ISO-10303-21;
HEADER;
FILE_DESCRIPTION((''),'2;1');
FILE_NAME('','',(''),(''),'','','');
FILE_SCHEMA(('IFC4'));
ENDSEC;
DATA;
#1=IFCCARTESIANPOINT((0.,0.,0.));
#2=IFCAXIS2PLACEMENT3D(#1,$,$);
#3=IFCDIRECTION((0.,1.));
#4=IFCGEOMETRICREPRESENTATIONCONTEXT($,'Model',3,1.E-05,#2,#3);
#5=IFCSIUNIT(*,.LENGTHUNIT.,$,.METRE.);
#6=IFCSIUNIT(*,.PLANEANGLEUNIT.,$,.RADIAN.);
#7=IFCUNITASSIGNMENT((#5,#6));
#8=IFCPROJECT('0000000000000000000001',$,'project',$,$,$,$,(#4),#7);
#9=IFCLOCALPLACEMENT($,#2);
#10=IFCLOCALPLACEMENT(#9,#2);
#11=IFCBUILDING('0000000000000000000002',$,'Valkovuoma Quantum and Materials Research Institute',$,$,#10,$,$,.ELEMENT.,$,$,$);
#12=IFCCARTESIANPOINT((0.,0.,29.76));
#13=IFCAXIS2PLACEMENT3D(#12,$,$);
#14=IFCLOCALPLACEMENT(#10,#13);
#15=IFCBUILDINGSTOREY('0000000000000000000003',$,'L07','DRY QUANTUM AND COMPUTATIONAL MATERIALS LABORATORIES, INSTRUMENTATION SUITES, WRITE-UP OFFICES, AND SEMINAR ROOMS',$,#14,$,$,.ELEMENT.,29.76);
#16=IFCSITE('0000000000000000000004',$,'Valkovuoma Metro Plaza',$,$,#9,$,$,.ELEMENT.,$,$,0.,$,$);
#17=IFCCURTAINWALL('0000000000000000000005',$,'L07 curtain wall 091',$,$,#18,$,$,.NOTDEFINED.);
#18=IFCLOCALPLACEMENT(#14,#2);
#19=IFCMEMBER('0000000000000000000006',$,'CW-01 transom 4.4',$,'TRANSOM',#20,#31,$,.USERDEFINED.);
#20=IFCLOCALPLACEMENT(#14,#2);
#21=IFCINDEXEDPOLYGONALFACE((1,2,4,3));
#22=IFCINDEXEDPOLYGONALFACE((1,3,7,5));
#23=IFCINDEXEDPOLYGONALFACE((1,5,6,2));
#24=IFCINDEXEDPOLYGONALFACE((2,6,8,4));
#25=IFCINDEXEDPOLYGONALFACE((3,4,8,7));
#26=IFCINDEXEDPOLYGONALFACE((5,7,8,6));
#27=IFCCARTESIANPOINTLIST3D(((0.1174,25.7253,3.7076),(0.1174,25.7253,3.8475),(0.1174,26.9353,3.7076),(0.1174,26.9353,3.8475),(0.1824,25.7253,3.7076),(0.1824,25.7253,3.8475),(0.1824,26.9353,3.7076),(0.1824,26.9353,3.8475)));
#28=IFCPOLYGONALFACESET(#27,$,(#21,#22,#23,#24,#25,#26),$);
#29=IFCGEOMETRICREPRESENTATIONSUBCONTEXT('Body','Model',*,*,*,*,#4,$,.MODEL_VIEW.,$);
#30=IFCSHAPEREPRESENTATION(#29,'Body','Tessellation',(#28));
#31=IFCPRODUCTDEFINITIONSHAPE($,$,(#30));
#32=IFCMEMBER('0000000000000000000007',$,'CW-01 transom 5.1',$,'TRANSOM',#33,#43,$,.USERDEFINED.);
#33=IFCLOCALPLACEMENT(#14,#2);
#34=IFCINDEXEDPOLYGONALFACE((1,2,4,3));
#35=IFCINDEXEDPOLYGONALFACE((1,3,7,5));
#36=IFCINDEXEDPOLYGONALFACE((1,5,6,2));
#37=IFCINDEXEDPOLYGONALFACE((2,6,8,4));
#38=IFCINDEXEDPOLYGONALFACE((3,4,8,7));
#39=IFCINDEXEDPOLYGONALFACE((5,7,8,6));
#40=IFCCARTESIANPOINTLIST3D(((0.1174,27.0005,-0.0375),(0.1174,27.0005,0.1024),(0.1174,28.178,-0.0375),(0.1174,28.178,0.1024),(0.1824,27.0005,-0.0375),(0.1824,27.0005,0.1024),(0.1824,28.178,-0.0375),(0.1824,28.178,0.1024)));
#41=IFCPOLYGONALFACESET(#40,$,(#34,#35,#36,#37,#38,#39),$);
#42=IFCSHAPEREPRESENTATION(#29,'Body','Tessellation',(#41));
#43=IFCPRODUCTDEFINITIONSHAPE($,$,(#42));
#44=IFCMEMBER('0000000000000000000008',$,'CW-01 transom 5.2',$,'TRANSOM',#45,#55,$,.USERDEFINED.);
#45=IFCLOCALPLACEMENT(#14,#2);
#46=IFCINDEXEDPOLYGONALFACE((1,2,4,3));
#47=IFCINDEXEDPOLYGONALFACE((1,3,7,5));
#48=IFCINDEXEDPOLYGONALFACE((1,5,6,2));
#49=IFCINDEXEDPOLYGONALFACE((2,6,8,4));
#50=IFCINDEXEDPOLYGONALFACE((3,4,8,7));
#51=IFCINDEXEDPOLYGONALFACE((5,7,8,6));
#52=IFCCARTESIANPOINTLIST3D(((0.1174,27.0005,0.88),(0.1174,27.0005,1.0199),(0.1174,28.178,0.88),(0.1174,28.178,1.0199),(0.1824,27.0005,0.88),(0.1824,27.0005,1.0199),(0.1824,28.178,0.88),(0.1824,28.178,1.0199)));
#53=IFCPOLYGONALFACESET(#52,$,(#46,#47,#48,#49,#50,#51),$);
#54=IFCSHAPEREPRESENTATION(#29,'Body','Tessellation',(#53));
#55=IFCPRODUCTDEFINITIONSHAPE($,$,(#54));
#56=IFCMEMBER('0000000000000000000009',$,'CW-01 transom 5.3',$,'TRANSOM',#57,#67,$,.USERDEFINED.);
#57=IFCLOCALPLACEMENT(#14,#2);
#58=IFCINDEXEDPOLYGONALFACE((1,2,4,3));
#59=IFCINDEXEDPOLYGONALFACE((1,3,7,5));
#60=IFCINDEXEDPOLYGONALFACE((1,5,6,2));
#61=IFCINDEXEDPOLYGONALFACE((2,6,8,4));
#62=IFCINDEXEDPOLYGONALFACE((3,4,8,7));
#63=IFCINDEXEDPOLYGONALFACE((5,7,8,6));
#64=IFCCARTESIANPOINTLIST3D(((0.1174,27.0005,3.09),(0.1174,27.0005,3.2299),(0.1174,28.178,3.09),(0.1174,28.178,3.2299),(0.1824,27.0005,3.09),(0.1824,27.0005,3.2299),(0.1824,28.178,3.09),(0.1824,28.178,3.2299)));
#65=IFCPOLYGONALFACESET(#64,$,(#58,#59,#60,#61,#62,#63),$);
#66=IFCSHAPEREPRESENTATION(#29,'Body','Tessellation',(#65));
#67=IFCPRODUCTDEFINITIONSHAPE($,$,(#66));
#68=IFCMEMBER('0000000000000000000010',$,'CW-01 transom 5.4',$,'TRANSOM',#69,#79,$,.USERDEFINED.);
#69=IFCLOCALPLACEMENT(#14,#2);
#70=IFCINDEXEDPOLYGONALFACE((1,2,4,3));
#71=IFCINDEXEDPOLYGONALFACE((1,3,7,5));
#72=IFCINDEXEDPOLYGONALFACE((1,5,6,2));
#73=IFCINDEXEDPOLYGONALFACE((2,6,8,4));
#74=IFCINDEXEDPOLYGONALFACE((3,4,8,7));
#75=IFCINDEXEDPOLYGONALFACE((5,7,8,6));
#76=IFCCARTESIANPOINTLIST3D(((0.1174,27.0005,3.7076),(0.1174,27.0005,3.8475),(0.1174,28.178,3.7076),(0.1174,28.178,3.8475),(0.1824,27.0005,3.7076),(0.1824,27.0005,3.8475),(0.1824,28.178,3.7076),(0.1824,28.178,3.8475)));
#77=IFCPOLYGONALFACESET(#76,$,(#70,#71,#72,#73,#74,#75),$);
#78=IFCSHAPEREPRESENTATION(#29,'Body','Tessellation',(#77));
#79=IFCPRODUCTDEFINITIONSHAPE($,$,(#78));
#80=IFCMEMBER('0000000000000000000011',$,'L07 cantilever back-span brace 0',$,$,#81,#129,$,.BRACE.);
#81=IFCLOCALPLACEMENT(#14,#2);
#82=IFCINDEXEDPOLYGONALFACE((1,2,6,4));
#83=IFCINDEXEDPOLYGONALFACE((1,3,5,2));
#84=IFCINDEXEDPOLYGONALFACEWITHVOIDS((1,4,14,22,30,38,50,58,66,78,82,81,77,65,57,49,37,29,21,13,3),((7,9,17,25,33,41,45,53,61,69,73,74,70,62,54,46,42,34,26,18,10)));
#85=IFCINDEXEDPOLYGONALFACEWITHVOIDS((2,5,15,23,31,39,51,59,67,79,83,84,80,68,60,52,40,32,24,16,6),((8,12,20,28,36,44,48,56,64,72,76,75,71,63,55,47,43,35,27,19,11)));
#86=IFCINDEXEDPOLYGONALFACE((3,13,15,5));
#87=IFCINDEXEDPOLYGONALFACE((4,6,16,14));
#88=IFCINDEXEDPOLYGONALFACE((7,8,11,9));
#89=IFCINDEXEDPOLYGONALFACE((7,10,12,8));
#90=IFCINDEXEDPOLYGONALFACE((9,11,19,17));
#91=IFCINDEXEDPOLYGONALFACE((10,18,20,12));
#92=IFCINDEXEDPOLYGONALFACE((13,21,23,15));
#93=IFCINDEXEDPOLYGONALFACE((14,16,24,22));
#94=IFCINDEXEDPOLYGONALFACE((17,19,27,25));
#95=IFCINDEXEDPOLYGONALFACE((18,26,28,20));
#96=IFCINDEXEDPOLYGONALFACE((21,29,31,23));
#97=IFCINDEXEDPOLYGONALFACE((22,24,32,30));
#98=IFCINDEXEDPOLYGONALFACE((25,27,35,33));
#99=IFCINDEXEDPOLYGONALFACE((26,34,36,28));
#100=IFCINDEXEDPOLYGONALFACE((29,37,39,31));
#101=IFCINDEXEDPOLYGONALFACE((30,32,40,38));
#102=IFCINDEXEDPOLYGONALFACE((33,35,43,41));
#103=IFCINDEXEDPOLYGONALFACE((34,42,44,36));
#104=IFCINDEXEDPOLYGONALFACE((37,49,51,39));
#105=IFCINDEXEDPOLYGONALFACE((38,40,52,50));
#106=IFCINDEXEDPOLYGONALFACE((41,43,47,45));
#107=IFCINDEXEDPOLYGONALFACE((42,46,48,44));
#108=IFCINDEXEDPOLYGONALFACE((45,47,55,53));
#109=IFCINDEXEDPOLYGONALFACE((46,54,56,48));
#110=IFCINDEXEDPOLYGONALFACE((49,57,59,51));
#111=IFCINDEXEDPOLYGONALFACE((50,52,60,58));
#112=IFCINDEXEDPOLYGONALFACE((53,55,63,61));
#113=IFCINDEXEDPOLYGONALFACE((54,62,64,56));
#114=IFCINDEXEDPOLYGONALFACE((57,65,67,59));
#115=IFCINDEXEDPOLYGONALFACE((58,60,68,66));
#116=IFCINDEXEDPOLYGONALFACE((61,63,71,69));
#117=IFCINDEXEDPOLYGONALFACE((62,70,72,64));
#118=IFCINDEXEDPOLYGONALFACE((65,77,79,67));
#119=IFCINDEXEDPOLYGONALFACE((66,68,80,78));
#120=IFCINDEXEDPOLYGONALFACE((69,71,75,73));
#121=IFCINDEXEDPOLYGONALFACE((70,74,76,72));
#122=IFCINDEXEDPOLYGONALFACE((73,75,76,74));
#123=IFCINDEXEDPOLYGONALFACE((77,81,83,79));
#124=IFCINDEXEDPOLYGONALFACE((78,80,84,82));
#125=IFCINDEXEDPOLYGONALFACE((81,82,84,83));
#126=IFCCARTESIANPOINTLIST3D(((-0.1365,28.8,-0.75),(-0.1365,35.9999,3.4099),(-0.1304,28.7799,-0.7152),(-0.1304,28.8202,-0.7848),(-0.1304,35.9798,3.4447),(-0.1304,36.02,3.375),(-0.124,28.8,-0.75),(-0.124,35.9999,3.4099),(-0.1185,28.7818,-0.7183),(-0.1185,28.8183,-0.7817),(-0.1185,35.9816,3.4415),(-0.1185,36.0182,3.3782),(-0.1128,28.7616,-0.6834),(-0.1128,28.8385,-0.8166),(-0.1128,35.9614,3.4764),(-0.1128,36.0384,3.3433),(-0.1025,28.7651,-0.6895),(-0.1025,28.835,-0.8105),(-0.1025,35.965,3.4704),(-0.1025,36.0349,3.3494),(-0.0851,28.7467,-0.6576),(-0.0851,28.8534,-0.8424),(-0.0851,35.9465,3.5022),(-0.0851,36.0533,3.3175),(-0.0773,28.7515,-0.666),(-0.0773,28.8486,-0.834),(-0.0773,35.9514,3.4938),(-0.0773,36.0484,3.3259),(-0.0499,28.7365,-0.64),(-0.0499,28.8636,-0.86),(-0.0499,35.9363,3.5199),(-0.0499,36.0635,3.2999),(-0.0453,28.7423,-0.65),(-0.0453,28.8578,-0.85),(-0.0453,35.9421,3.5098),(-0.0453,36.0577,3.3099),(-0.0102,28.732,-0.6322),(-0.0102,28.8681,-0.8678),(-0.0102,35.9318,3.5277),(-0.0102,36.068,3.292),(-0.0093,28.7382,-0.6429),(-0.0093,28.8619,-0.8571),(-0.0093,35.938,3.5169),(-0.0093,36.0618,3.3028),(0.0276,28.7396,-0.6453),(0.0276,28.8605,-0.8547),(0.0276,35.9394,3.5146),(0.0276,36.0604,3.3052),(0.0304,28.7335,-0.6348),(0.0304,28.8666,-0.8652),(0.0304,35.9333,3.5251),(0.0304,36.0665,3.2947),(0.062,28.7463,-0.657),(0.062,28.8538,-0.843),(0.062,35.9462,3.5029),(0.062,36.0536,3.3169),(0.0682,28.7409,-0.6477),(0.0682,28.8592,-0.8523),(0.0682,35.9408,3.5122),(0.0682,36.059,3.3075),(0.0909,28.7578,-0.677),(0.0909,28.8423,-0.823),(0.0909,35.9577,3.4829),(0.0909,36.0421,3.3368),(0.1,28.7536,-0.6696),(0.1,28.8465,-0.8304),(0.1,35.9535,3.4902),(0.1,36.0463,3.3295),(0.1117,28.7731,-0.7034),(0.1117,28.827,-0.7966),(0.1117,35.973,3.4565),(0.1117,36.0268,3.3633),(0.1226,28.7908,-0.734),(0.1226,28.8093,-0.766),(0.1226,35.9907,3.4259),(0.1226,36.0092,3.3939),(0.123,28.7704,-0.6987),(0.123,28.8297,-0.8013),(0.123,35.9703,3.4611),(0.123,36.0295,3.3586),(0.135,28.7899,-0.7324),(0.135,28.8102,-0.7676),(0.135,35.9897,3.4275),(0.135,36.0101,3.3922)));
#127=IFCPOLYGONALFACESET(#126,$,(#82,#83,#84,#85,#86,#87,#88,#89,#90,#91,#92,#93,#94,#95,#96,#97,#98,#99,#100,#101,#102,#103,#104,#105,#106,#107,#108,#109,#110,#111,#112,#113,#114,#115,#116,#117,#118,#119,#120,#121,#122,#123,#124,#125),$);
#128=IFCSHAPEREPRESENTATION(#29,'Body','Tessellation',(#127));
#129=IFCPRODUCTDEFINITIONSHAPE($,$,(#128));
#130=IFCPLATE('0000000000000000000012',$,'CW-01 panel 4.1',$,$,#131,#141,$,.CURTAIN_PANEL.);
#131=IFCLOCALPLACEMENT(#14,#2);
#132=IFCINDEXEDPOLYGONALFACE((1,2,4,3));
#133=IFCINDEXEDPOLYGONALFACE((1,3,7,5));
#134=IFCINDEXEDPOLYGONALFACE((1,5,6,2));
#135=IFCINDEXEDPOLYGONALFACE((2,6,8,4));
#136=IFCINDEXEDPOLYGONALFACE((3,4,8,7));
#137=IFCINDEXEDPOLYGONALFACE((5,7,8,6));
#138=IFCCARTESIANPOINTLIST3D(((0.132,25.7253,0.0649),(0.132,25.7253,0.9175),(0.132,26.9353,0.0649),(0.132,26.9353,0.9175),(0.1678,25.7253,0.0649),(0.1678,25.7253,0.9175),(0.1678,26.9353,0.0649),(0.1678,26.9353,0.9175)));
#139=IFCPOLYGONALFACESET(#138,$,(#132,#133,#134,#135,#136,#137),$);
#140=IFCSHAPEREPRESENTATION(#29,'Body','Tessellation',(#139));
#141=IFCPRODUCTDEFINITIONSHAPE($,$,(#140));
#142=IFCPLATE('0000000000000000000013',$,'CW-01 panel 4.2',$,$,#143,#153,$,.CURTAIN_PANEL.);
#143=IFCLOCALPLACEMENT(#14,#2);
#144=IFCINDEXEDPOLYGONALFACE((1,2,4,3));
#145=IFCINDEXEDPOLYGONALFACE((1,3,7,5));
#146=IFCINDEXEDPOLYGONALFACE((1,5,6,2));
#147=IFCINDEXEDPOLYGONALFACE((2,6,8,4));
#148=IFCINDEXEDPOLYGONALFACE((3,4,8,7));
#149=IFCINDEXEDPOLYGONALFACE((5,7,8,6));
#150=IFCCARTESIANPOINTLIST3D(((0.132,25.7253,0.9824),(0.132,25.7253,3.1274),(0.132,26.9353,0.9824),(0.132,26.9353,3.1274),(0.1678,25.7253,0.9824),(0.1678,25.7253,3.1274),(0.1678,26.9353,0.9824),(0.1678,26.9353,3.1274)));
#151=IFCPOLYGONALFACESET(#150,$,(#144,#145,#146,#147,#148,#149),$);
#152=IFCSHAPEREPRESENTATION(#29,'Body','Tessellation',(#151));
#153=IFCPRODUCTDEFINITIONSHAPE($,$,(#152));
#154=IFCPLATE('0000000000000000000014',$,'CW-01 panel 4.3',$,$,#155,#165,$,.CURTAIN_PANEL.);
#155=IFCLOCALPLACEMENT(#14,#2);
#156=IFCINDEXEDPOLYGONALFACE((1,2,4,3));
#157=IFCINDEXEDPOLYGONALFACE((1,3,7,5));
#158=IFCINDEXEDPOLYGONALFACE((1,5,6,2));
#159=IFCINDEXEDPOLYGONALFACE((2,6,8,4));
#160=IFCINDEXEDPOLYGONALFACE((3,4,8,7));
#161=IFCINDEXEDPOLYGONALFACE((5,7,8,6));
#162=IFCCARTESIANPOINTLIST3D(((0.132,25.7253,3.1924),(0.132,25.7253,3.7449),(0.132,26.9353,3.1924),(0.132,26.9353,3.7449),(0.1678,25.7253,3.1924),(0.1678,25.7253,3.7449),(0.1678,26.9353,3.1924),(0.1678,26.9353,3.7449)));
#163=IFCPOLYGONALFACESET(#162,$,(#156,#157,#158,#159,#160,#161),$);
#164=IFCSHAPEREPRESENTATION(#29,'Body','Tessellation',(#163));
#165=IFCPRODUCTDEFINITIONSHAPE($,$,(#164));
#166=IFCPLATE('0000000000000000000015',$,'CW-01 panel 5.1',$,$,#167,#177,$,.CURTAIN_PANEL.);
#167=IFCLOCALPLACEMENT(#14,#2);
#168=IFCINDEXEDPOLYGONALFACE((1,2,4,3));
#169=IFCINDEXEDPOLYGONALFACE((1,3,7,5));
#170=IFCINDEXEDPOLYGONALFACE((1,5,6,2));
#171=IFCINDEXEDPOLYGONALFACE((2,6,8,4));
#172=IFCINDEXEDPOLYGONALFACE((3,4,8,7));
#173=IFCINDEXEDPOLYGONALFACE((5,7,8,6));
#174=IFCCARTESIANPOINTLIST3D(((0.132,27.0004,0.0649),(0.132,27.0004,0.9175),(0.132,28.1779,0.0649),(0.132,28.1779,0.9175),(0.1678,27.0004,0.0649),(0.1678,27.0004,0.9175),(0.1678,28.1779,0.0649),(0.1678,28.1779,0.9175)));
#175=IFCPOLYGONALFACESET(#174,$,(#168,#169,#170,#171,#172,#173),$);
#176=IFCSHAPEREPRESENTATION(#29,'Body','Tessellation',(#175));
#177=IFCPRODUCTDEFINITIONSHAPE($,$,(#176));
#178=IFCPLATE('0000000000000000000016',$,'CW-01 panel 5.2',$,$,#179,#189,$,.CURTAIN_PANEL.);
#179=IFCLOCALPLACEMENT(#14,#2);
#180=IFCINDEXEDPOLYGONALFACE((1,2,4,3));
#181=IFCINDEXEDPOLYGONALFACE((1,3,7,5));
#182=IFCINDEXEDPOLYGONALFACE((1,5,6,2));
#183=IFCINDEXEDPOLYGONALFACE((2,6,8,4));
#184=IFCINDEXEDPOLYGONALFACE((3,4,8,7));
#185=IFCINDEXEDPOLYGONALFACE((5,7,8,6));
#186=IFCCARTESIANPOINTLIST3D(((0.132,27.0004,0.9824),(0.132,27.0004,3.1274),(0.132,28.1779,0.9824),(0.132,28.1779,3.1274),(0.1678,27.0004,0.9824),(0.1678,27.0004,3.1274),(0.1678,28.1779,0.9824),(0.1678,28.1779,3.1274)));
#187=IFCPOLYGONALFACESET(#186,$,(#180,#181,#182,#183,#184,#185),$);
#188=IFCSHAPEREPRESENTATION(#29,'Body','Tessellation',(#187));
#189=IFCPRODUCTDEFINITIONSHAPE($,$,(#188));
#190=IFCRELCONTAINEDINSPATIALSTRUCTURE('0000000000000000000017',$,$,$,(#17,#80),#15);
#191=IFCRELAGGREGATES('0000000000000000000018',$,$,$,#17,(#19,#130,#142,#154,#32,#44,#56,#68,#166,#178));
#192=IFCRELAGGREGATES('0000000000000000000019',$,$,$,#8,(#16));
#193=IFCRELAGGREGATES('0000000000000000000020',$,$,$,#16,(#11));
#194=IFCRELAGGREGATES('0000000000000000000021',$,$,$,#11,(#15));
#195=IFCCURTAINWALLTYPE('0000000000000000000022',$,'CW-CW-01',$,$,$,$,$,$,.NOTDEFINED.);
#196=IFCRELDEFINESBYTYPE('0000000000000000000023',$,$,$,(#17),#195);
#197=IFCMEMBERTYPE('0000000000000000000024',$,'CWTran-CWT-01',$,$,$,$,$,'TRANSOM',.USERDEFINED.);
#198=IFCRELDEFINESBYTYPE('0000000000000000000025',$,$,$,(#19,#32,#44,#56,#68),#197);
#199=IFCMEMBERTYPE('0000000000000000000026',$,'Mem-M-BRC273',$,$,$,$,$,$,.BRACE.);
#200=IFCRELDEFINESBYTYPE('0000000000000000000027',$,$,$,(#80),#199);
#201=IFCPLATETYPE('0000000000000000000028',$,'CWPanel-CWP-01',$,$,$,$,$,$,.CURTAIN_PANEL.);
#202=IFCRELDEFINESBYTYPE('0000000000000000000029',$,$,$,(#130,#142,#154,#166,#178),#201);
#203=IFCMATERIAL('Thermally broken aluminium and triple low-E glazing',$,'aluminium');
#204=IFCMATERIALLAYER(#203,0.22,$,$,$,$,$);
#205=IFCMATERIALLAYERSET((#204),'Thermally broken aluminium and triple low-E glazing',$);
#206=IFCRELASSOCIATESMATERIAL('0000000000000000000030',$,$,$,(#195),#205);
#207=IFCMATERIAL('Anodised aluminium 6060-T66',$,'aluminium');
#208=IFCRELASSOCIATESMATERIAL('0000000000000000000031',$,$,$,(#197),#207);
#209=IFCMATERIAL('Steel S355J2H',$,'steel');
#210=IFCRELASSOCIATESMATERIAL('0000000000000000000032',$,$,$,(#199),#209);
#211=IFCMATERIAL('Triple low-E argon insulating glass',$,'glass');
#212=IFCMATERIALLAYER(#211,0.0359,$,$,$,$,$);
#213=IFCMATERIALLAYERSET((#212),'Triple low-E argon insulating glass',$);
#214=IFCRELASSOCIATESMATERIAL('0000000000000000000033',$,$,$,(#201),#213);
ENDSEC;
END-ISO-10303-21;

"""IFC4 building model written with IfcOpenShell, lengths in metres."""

from ifc_helpers import new_model, si_unit, direction, frame, origin, origin_2d, place, context, subcontext, project, spatial, rectangle, hollow_circle, extrude, material, layer, layer_set, material_profile, profile_set, type_object, element, aggregate, save


model = new_model("IFC4")

# Units and contexts
model_context = context("Model", 3, precision=1e-05, world=origin(), true_north=direction((0.0, 1.0)))
body_context = subcontext(model_context, "Body", "Model", "MODEL_VIEW")
ifc_project = project(units=[si_unit("LENGTHUNIT", "METRE"), si_unit("PLANEANGLEUNIT", "RADIAN")], contexts=[model_context])

# Site, building, storey
site_placement = place(None, origin())
site = spatial("IfcSite", under=ifc_project, at=site_placement, Name="Valkovuoma Metro Plaza", CompositionType="ELEMENT", RefElevation=0.0)
building_placement = place(site_placement, origin())
building = spatial("IfcBuilding", under=site, at=building_placement, Name="Valkovuoma Quantum and Materials Research Institute", CompositionType="ELEMENT")
storey_placement = place(building_placement, frame((0.0, 0.0, 29.76)))
storey = spatial("IfcBuildingStorey", under=building, at=storey_placement, Name="L07", Description="DRY QUANTUM AND COMPUTATIONAL MATERIALS LABORATORIES, INSTRUMENTATION SUITES, WRITE-UP OFFICES, AND SEMINAR ROOMS", CompositionType="ELEMENT", Elevation=29.76)

# Curtain wall, members
ifc_material_1 = material(Name="Thermally broken aluminium and triple low-E glazing", Category="aluminium")
ifc_layer_1 = layer(ifc_material_1, 0.22)
ifc_layer_set_1 = layer_set([ifc_layer_1], Name="Thermally broken aluminium and triple low-E glazing")
curtain_wall_type = type_object("IfcCurtainWallType", Name="CW-CW-01", PredefinedType="NOTDEFINED", material=ifc_layer_set_1)
curtain_wall_placement = place(storey_placement, origin())
curtain_wall = element("IfcCurtainWall", 1, at=curtain_wall_placement, inside=storey, type_object=curtain_wall_type, Name="L07 curtain wall 091", PredefinedType="NOTDEFINED")
ifc_material_2 = material(Name="Anodised aluminium 6060-T66", Category="aluminium")
ifc_material_profile_1 = material_profile(ifc_material_2, rectangle(XDim=0.0649, YDim=0.1399, at=origin_2d()), Name="Anodised aluminium 6060-T66")
ifc_profile_set_1 = profile_set([ifc_material_profile_1], Name="Anodised aluminium 6060-T66")
member_type_1 = type_object("IfcMemberType", Name="CWTran-CWT-01", ElementType="TRANSOM", PredefinedType="USERDEFINED", material=ifc_profile_set_1)
member_1_placement = place(storey_placement, frame((0.1499, 25.7253, 3.7776), z_axis=(0.0, 1.0, 0.0), x_axis=(-1.0, 0.0, 0.0)))
member_1 = element("IfcMember", 2, at=member_1_placement, type_object=member_type_1, Name="CW-01 transom 4.4", ObjectType="TRANSOM", PredefinedType="USERDEFINED", context=body_context, shape_type="SweptSolid", body=[
    extrude(rectangle(XDim=0.0649, YDim=0.1399, at=origin_2d()), origin(), (0.0, 0.0, 1.0), 1.21),
])
member_2_placement = place(storey_placement, frame((0.1499, 27.0005, 0.0325), z_axis=(0.0, 1.0, 0.0), x_axis=(-1.0, 0.0, 0.0)))
member_2 = element("IfcMember", 3, at=member_2_placement, type_object=member_type_1, Name="CW-01 transom 5.1", ObjectType="TRANSOM", PredefinedType="USERDEFINED", context=body_context, shape_type="SweptSolid", body=[
    extrude(rectangle(XDim=0.0649, YDim=0.1399, at=origin_2d()), origin(), (0.0, 0.0, 1.0), 1.1775),
])
member_3_placement = place(storey_placement, frame((0.1499, 27.0005, 0.95), z_axis=(0.0, 1.0, 0.0), x_axis=(-1.0, 0.0, 0.0)))
member_3 = element("IfcMember", 4, at=member_3_placement, type_object=member_type_1, Name="CW-01 transom 5.2", ObjectType="TRANSOM", PredefinedType="USERDEFINED", context=body_context, shape_type="SweptSolid", body=[
    extrude(rectangle(XDim=0.0649, YDim=0.1399, at=origin_2d()), origin(), (0.0, 0.0, 1.0), 1.1775),
])
member_4_placement = place(storey_placement, frame((0.1499, 27.0005, 3.1599), z_axis=(0.0, 1.0, 0.0), x_axis=(-1.0, 0.0, 0.0)))
member_4 = element("IfcMember", 5, at=member_4_placement, type_object=member_type_1, Name="CW-01 transom 5.3", ObjectType="TRANSOM", PredefinedType="USERDEFINED", context=body_context, shape_type="SweptSolid", body=[
    extrude(rectangle(XDim=0.0649, YDim=0.1399, at=origin_2d()), origin(), (0.0, 0.0, 1.0), 1.1775),
])
member_5_placement = place(storey_placement, frame((0.1499, 27.0005, 3.7776), z_axis=(0.0, 1.0, 0.0), x_axis=(-1.0, 0.0, 0.0)))
member_5 = element("IfcMember", 6, at=member_5_placement, type_object=member_type_1, Name="CW-01 transom 5.4", ObjectType="TRANSOM", PredefinedType="USERDEFINED", context=body_context, shape_type="SweptSolid", body=[
    extrude(rectangle(XDim=0.0649, YDim=0.1399, at=origin_2d()), origin(), (0.0, 0.0, 1.0), 1.1775),
])

# Member
ifc_material_3 = material(Name="Steel S355J2H", Category="steel")
ifc_material_profile_2 = material_profile(ifc_material_3, hollow_circle(Radius=0.1365, WallThickness=0.0125, at=origin_2d()), Name="Steel S355J2H")
ifc_profile_set_2 = profile_set([ifc_material_profile_2], Name="Steel S355J2H")
member_type_2 = type_object("IfcMemberType", Name="Mem-M-BRC273", PredefinedType="BRACE", material=ifc_profile_set_2)
member_6_placement = place(storey_placement, frame((0.0, 28.8, -0.75), z_axis=(0.0, 0.865868, 0.500272), x_axis=(-1.0, 0.0, 0.0)))
element("IfcMember", 7, at=member_6_placement, inside=storey, type_object=member_type_2, Name="L07 cantilever back-span brace 0", PredefinedType="BRACE", context=body_context, shape_type="SweptSolid", body=[
    extrude(hollow_circle(Radius=0.1365, WallThickness=0.0125, at=origin_2d()), origin(), (0.0, 0.0, 1.0), 8.3152),
])

# Plates
ifc_material_4 = material(Name="Triple low-E argon insulating glass", Category="glass")
ifc_layer_2 = layer(ifc_material_4, 0.0359)
ifc_layer_set_2 = layer_set([ifc_layer_2], Name="Triple low-E argon insulating glass")
plate_type_1 = type_object("IfcPlateType", Name="CWPanel-CWP-01", PredefinedType="CURTAIN_PANEL", material=ifc_layer_set_2)
plate_1_placement = place(storey_placement, frame((0.1499, 26.3303, 0.0649), z_axis=(0.0, 0.0, 1.0), x_axis=(0.0, 1.0, 0.0)))
plate_1 = element("IfcPlate", 8, at=plate_1_placement, type_object=plate_type_1, Name="CW-01 panel 4.1", PredefinedType="CURTAIN_PANEL", context=body_context, shape_type="SweptSolid", body=[
    extrude(rectangle(XDim=1.21, YDim=0.0359, at=origin_2d()), origin(), (0.0, 0.0, 1.0), 0.8525),
])
plate_2_placement = place(storey_placement, frame((0.1499, 26.3303, 0.9824), z_axis=(0.0, 0.0, 1.0), x_axis=(0.0, 1.0, 0.0)))
plate_2 = element("IfcPlate", 9, at=plate_2_placement, type_object=plate_type_1, Name="CW-01 panel 4.2", PredefinedType="CURTAIN_PANEL", context=body_context, shape_type="SweptSolid", body=[
    extrude(rectangle(XDim=1.21, YDim=0.0359, at=origin_2d()), origin(), (0.0, 0.0, 1.0), 2.145),
])
plate_3_placement = place(storey_placement, frame((0.1499, 26.3303, 3.1924), z_axis=(0.0, 0.0, 1.0), x_axis=(0.0, 1.0, 0.0)))
plate_3 = element("IfcPlate", 10, at=plate_3_placement, type_object=plate_type_1, Name="CW-01 panel 4.3", PredefinedType="CURTAIN_PANEL", context=body_context, shape_type="SweptSolid", body=[
    extrude(rectangle(XDim=1.21, YDim=0.0359, at=origin_2d()), origin(), (0.0, 0.0, 1.0), 0.5525),
])
plate_4_placement = place(storey_placement, frame((0.1499, 27.5891, 0.0649), z_axis=(0.0, 0.0, 1.0), x_axis=(0.0, 1.0, 0.0)))
plate_4 = element("IfcPlate", 11, at=plate_4_placement, type_object=plate_type_1, Name="CW-01 panel 5.1", PredefinedType="CURTAIN_PANEL", context=body_context, shape_type="SweptSolid", body=[
    extrude(rectangle(XDim=1.1775, YDim=0.0359, at=origin_2d()), origin(), (0.0, 0.0, 1.0), 0.8525),
])
plate_5_placement = place(storey_placement, frame((0.1499, 27.5891, 0.9824), z_axis=(0.0, 0.0, 1.0), x_axis=(0.0, 1.0, 0.0)))
plate_5 = element("IfcPlate", 12, at=plate_5_placement, type_object=plate_type_1, Name="CW-01 panel 5.2", PredefinedType="CURTAIN_PANEL", context=body_context, shape_type="SweptSolid", body=[
    extrude(rectangle(XDim=1.1775, YDim=0.0359, at=origin_2d()), origin(), (0.0, 0.0, 1.0), 2.145),
])
aggregate(curtain_wall, [member_1, plate_1, plate_2, plate_3, member_2, member_3, member_4, member_5, plate_4, plate_5])

save(model, "model.ifc")
